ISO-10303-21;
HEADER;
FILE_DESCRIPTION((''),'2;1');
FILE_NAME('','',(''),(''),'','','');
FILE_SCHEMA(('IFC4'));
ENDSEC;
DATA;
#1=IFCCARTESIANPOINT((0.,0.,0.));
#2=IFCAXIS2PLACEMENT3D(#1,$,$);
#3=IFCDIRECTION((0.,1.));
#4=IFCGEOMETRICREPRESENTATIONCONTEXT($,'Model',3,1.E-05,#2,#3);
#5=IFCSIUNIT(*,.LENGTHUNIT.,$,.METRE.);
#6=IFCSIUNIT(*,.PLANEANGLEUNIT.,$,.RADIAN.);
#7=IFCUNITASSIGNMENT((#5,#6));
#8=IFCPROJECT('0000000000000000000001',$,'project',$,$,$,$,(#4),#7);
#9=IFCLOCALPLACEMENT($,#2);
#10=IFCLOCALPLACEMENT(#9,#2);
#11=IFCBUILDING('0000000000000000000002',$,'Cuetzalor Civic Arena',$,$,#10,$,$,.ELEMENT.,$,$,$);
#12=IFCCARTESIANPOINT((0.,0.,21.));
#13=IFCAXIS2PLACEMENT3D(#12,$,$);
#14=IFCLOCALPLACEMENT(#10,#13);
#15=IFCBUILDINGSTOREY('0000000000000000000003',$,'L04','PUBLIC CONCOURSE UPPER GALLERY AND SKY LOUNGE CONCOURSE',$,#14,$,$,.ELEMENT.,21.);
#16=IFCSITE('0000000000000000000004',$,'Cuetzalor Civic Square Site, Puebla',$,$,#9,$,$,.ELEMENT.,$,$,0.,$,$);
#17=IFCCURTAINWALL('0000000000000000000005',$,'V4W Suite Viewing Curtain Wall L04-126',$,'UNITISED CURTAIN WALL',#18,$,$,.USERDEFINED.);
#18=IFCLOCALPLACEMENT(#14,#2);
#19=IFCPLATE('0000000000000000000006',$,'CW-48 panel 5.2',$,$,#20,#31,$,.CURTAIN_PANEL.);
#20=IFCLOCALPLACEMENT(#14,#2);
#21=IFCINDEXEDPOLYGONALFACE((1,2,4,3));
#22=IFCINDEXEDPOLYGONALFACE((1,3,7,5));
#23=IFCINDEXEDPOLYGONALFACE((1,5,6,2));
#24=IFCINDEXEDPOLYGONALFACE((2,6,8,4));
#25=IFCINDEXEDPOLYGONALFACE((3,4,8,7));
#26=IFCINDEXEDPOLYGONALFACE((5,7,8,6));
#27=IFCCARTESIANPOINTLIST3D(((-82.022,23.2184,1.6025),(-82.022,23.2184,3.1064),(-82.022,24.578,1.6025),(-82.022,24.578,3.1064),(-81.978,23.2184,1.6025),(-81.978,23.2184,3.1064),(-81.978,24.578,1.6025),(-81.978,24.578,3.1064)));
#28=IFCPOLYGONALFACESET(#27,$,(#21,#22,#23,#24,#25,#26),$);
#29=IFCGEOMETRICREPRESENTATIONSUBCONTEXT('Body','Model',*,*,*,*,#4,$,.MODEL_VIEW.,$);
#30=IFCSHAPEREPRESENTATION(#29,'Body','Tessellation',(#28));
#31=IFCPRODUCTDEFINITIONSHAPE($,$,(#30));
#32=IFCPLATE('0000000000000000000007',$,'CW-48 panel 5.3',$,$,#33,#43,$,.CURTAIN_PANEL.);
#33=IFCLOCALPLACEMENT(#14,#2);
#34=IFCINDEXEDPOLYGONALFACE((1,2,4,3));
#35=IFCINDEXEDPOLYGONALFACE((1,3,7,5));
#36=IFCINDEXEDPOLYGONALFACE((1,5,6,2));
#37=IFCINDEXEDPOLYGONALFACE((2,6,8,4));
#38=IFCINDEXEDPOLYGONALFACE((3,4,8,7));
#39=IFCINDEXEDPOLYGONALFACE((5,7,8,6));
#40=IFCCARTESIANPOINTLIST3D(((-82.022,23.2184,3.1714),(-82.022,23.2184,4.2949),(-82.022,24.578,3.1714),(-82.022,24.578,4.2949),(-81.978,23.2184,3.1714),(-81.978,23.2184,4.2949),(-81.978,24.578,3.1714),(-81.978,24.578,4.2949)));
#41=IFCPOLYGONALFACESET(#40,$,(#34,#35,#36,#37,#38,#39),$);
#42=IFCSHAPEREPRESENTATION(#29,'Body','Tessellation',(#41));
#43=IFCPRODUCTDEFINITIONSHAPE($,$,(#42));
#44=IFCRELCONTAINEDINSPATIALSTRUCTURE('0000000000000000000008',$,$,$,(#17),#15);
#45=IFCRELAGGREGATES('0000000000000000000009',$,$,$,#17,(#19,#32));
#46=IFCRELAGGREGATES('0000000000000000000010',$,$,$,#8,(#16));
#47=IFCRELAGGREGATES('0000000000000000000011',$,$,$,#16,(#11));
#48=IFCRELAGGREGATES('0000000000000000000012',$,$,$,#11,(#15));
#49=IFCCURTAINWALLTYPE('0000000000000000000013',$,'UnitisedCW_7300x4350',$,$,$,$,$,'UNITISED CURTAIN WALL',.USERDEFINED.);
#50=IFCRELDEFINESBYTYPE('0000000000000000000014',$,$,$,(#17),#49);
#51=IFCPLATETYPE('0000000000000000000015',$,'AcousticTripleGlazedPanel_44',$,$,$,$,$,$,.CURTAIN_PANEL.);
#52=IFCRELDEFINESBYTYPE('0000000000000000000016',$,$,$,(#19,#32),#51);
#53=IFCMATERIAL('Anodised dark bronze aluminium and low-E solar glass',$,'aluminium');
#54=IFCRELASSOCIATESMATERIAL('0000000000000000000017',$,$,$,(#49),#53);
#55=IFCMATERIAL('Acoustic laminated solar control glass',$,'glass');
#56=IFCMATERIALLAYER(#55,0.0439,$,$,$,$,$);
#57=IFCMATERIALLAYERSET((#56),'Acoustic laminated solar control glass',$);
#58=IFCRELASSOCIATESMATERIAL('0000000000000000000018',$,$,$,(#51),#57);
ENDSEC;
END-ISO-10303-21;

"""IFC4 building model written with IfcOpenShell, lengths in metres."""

from ifc_helpers import new_model, si_unit, direction, frame, origin, origin_2d, place, context, subcontext, project, spatial, rectangle, extrude, material, layer, layer_set, type_object, element, aggregate, save


model = new_model("IFC4")

# Units and contexts
model_context = context("Model", 3, precision=1e-05, world=origin(), true_north=direction((0.0, 1.0)))
body_context = subcontext(model_context, "Body", "Model", "MODEL_VIEW")
ifc_project = project(units=[si_unit("LENGTHUNIT", "METRE"), si_unit("PLANEANGLEUNIT", "RADIAN")], contexts=[model_context])

# Site, building, storey
site_placement = place(None, origin())
site = spatial("IfcSite", under=ifc_project, at=site_placement, Name="Cuetzalor Civic Square Site, Puebla", CompositionType="ELEMENT", RefElevation=0.0)
building_placement = place(site_placement, origin())
building = spatial("IfcBuilding", under=site, at=building_placement, Name="Cuetzalor Civic Arena", CompositionType="ELEMENT")
storey_placement = place(building_placement, frame((0.0, 0.0, 21.0)))
storey = spatial("IfcBuildingStorey", under=building, at=storey_placement, Name="L04", Description="PUBLIC CONCOURSE UPPER GALLERY AND SKY LOUNGE CONCOURSE", CompositionType="ELEMENT", Elevation=21.0)

# Curtain wall
ifc_material_1 = material(Name="Anodised dark bronze aluminium and low-E solar glass", Category="aluminium")
curtain_wall_type = type_object("IfcCurtainWallType", Name="UnitisedCW_7300x4350", ElementType="UNITISED CURTAIN WALL", PredefinedType="USERDEFINED", material=ifc_material_1)
curtain_wall_placement = place(storey_placement, origin())
curtain_wall = element("IfcCurtainWall", 1, at=curtain_wall_placement, inside=storey, type_object=curtain_wall_type, Name="V4W Suite Viewing Curtain Wall L04-126", ObjectType="UNITISED CURTAIN WALL", PredefinedType="USERDEFINED")

# Plates
ifc_material_2 = material(Name="Acoustic laminated solar control glass", Category="glass")
ifc_layer = layer(ifc_material_2, 0.0439)
ifc_layer_set = layer_set([ifc_layer], Name="Acoustic laminated solar control glass")
plate_type = type_object("IfcPlateType", Name="AcousticTripleGlazedPanel_44", PredefinedType="CURTAIN_PANEL", material=ifc_layer_set)
plate_1_placement = place(storey_placement, frame((-82.0, 23.8982, 1.6025), z_axis=(0.0, 0.0, 1.0), x_axis=(0.0, 1.0, 0.0)))
plate_1 = element("IfcPlate", 2, at=plate_1_placement, type_object=plate_type, Name="CW-48 panel 5.2", PredefinedType="CURTAIN_PANEL", context=body_context, shape_type="SweptSolid", body=[
    extrude(rectangle(XDim=1.3596, YDim=0.0439, at=origin_2d()), origin(), (0.0, 0.0, 1.0), 1.5039),
])
plate_2_placement = place(storey_placement, frame((-82.0, 23.8982, 3.1714), z_axis=(0.0, 0.0, 1.0), x_axis=(0.0, 1.0, 0.0)))
plate_2 = element("IfcPlate", 3, at=plate_2_placement, type_object=plate_type, Name="CW-48 panel 5.3", PredefinedType="CURTAIN_PANEL", context=body_context, shape_type="SweptSolid", body=[
    extrude(rectangle(XDim=1.3596, YDim=0.0439, at=origin_2d()), origin(), (0.0, 0.0, 1.0), 1.1235),
])
aggregate(curtain_wall, [plate_1, plate_2])

save(model, "model.ifc")
